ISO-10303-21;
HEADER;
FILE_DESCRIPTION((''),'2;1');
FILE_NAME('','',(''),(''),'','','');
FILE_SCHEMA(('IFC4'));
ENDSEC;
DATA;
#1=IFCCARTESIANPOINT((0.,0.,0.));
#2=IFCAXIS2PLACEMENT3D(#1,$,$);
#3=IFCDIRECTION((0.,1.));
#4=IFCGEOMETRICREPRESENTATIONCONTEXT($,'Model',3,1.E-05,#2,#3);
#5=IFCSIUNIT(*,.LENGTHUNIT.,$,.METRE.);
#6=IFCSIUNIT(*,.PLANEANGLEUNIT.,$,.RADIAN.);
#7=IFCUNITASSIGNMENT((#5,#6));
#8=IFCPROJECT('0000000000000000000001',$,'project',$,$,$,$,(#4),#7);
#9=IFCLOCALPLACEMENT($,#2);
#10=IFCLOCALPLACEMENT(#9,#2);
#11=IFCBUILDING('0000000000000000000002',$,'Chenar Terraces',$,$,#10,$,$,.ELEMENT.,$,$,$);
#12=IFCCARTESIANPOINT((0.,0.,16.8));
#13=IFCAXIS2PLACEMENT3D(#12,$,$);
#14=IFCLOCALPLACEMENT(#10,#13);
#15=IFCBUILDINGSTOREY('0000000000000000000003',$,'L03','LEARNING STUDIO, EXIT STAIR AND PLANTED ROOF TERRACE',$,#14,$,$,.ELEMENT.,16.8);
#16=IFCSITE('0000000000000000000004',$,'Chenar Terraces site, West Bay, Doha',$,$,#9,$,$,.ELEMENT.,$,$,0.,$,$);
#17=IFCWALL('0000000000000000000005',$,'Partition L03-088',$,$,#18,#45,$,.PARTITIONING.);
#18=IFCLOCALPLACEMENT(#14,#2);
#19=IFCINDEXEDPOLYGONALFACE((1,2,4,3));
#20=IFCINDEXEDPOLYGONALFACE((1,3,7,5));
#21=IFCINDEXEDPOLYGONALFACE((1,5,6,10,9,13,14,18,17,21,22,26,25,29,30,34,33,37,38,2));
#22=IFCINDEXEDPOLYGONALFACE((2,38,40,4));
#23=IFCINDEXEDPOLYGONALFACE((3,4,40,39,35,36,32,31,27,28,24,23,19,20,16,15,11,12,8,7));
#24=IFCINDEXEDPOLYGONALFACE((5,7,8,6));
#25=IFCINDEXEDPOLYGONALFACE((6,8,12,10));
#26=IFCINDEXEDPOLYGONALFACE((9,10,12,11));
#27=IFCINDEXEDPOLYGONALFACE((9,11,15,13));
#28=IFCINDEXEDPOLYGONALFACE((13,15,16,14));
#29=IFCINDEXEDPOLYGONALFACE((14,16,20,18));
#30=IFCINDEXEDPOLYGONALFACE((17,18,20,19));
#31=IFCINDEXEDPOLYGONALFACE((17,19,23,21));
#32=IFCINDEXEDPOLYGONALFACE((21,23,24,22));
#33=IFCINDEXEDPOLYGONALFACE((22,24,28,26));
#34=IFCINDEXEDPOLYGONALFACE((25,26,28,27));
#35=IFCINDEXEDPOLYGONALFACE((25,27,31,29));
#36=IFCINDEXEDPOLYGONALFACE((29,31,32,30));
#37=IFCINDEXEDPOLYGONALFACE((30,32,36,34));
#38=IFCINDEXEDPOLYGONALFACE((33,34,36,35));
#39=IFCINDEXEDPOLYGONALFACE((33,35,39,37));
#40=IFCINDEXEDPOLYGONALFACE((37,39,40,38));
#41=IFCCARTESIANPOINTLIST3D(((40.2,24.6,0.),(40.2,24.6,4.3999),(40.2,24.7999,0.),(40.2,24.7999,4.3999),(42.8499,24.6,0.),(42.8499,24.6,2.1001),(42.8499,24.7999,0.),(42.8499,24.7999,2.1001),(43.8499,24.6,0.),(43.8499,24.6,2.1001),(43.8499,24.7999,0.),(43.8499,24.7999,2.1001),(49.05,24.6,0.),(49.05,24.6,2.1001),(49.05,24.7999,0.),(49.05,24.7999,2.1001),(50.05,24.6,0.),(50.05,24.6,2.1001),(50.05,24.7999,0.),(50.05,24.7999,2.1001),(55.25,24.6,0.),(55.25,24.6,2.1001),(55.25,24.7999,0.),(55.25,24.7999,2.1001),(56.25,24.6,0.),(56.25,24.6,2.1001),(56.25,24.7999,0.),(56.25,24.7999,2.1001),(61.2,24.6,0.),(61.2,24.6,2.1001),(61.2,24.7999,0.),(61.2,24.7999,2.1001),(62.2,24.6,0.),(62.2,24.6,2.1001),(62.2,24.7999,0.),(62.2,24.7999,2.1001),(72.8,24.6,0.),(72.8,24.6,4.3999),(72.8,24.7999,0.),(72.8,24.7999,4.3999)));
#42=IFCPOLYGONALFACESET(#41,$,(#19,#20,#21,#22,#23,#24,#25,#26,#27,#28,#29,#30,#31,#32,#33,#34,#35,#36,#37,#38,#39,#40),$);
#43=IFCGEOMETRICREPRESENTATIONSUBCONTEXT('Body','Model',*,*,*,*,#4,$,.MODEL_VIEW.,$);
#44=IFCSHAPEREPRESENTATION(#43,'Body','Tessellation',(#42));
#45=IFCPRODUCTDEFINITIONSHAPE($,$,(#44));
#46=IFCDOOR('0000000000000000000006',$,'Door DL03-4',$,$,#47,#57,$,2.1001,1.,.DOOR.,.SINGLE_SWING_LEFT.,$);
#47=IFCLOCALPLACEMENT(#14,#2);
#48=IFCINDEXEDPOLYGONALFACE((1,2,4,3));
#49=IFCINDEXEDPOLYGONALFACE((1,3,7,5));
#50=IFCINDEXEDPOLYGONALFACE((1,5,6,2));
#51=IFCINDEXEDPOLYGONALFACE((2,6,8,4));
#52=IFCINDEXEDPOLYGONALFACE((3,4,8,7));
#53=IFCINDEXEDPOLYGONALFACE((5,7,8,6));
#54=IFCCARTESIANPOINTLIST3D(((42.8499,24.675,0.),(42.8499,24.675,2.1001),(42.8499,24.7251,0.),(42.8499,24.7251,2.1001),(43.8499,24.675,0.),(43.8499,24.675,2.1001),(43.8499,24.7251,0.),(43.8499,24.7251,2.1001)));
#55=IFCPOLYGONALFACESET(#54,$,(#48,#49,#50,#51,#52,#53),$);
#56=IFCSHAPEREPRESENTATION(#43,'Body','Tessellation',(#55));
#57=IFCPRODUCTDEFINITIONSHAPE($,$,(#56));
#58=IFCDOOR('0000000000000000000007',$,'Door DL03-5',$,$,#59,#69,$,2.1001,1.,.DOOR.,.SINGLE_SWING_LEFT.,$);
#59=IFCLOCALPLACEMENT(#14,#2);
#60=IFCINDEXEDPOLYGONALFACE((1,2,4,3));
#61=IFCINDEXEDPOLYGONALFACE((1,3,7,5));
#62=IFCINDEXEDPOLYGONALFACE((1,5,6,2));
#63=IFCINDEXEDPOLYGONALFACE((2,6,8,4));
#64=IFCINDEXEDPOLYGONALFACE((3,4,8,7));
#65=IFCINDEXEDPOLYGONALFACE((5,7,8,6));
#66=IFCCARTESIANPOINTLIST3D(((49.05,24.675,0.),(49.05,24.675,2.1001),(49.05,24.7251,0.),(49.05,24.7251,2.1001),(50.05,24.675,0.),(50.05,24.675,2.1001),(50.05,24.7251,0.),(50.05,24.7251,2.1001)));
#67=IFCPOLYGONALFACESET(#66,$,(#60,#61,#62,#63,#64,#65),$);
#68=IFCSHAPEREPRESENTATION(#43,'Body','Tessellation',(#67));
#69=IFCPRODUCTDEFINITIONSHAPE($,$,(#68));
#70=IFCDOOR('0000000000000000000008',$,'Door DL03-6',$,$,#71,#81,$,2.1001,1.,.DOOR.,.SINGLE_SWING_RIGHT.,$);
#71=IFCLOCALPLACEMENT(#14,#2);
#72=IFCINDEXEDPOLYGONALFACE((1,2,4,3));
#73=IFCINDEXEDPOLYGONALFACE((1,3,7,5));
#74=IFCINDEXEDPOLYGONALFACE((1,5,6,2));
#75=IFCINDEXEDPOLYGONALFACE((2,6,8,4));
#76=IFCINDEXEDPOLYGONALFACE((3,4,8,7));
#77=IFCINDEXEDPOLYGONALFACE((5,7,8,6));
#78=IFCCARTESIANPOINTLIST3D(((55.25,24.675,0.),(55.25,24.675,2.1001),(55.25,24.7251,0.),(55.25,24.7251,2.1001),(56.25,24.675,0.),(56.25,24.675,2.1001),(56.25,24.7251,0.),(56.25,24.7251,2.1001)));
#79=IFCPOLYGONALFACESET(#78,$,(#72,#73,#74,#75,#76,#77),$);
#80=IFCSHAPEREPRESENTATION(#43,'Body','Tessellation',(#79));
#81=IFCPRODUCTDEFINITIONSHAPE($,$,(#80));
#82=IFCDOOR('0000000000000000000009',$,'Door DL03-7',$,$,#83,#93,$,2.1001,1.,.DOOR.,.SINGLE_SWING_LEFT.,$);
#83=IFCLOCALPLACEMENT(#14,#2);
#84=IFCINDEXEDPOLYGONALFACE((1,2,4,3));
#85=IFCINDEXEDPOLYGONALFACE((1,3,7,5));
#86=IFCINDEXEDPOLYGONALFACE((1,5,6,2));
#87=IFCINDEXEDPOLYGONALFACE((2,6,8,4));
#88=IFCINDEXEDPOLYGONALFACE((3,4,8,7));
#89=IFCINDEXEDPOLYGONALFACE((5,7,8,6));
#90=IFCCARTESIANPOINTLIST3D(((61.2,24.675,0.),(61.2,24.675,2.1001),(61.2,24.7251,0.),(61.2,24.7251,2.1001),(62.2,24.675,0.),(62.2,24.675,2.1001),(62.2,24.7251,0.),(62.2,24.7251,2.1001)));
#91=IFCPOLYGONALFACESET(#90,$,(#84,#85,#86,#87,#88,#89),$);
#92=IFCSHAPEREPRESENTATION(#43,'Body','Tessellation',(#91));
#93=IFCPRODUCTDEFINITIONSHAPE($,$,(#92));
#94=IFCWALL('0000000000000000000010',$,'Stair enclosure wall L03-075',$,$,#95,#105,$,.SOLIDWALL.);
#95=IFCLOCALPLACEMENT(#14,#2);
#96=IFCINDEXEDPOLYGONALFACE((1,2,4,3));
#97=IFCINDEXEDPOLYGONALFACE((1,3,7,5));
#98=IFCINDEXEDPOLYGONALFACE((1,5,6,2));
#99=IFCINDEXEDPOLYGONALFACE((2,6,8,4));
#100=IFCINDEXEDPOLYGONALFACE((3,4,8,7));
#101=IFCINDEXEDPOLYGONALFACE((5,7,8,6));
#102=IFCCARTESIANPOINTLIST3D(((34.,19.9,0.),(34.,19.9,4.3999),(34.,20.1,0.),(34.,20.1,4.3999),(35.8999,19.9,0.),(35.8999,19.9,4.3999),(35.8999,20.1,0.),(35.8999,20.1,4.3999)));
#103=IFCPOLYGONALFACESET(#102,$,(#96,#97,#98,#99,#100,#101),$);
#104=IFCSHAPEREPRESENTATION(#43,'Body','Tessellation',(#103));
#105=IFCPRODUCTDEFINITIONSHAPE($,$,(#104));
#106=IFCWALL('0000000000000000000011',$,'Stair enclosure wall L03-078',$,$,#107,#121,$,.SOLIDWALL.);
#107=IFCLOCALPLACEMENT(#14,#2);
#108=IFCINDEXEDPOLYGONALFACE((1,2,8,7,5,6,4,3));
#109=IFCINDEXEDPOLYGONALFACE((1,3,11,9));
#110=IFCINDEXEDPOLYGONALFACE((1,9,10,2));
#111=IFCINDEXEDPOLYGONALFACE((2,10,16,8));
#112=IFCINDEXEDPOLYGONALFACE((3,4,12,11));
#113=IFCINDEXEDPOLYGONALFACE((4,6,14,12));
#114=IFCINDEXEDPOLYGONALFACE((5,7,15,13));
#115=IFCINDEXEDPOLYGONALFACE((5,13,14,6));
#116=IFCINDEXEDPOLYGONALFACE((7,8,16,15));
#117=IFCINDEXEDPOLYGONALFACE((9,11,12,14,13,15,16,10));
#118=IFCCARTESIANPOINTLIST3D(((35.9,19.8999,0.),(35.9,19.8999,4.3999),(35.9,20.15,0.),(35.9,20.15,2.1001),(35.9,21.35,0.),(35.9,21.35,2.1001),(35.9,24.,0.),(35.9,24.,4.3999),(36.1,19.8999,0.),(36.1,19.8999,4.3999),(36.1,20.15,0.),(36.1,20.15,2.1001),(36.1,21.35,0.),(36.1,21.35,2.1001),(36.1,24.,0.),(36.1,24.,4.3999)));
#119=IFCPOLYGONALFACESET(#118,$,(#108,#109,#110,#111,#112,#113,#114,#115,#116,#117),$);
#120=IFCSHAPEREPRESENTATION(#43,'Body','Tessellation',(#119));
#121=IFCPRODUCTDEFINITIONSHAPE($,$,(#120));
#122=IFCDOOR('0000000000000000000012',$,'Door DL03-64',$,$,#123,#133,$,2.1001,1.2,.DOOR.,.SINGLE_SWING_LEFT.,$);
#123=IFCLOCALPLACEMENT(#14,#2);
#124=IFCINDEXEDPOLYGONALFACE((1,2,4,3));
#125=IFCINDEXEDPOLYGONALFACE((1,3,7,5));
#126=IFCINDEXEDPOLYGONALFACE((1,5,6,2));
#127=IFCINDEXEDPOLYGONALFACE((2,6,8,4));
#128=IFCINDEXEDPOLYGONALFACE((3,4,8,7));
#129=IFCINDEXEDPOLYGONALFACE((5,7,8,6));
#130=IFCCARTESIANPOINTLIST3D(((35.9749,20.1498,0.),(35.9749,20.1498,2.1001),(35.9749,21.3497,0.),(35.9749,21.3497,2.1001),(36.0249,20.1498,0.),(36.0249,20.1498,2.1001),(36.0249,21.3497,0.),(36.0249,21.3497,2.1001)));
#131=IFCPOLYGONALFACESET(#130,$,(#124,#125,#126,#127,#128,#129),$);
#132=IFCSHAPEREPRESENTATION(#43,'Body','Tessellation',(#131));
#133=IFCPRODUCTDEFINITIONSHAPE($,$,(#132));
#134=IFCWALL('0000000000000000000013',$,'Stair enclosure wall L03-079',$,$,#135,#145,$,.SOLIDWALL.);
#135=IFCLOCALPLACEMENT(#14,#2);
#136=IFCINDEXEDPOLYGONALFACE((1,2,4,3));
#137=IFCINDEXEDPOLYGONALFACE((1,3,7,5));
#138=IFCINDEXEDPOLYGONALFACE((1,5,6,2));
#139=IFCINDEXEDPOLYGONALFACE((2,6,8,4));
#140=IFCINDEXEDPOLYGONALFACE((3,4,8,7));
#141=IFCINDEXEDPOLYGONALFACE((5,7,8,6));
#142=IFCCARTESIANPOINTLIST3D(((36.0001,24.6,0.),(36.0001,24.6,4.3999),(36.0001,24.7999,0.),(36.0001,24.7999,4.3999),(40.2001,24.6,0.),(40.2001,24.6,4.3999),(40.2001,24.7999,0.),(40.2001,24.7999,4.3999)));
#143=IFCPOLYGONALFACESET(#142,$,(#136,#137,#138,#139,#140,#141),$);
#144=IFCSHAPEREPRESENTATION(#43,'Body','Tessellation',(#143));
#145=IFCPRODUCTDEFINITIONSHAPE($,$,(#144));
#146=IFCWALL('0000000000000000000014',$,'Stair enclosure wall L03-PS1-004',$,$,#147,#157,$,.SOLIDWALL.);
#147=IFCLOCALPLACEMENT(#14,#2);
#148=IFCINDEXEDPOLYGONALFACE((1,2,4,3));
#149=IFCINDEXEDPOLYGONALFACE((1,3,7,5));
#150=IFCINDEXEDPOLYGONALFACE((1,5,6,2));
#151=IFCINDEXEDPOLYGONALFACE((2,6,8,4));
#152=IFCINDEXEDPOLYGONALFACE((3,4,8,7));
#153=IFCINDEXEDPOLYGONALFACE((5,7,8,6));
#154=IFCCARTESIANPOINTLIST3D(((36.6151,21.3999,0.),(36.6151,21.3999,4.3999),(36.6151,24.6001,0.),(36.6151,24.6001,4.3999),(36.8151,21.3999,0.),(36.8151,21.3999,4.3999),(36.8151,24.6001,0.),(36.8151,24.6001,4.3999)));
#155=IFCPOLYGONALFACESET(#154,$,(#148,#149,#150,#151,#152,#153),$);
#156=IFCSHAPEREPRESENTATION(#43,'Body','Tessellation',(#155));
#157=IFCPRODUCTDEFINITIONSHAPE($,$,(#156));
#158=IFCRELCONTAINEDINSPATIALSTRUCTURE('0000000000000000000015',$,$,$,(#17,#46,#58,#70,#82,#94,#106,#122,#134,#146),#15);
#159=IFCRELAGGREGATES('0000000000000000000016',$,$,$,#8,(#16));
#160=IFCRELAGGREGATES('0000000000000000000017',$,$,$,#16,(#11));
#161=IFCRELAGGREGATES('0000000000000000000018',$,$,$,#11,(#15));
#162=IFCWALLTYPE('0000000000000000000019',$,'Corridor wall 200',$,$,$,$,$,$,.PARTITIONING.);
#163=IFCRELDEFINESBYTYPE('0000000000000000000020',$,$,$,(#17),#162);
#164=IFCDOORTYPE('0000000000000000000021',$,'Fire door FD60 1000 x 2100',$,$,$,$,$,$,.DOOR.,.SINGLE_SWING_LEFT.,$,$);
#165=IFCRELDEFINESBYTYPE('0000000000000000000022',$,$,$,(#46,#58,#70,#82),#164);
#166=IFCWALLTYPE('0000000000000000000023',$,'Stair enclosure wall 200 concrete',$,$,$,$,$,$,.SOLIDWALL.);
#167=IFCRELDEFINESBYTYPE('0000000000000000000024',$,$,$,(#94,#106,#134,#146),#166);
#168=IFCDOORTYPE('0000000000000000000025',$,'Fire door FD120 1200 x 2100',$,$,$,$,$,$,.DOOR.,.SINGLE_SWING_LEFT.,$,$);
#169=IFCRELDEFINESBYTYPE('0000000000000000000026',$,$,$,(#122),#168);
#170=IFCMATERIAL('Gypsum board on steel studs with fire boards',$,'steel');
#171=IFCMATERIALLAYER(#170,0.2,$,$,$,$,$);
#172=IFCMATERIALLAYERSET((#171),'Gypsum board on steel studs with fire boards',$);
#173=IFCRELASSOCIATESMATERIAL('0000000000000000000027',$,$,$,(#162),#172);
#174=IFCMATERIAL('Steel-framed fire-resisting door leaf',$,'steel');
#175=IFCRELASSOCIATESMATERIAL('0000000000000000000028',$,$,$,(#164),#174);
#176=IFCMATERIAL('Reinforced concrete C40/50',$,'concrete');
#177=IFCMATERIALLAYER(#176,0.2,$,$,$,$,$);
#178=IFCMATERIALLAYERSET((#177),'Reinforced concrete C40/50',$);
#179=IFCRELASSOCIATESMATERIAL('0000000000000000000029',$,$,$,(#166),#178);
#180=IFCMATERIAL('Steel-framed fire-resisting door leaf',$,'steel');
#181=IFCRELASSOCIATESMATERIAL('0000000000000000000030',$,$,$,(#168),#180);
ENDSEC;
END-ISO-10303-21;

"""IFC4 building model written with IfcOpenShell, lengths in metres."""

from ifc_helpers import new_model, si_unit, direction, frame, frame_2d, origin, place, context, subcontext, project, spatial, rectangle, extrude, material, layer, layer_set, type_object, element, fill, save


model = new_model("IFC4")

# Units and contexts
model_context = context("Model", 3, precision=1e-05, world=origin(), true_north=direction((0.0, 1.0)))
body_context = subcontext(model_context, "Body", "Model", "MODEL_VIEW")
ifc_project = project(units=[si_unit("LENGTHUNIT", "METRE"), si_unit("PLANEANGLEUNIT", "RADIAN")], contexts=[model_context])

# Site, building, storey
site_placement = place(None, origin())
site = spatial("IfcSite", under=ifc_project, at=site_placement, Name="Chenar Terraces site, West Bay, Doha", CompositionType="ELEMENT", RefElevation=0.0)
building_placement = place(site_placement, origin())
building = spatial("IfcBuilding", under=site, at=building_placement, Name="Chenar Terraces", CompositionType="ELEMENT")
storey_placement = place(building_placement, frame((0.0, 0.0, 16.8)))
storey = spatial("IfcBuildingStorey", under=building, at=storey_placement, Name="L03", Description="LEARNING STUDIO, EXIT STAIR AND PLANTED ROOF TERRACE", CompositionType="ELEMENT", Elevation=16.8)

# Wall, openings, doors
ifc_material_1 = material(Name="Gypsum board on steel studs with fire boards", Category="steel")
ifc_layer_1 = layer(ifc_material_1, 0.2)
ifc_layer_set_1 = layer_set([ifc_layer_1], Name="Gypsum board on steel studs with fire boards")
wall_type_1 = type_object("IfcWallType", Name="Corridor wall 200", PredefinedType="PARTITIONING", material=ifc_layer_set_1)
ifc_material_2 = material(Name="Steel-framed fire-resisting door leaf", Category="steel")
door_type_1 = type_object("IfcDoorType", Name="Fire door FD60 1000 x 2100", OperationType="SINGLE_SWING_LEFT", PredefinedType="DOOR", material=ifc_material_2)
wall_1_placement = place(storey_placement, frame((40.2, 24.7, 0.0), z_axis=(0.0, 0.0, 1.0), x_axis=(1.0, 0.0, 0.0)))
wall_1 = element("IfcWall", 1, at=wall_1_placement, inside=storey, type_object=wall_type_1, Name="Partition L03-088", PredefinedType="PARTITIONING", context=body_context, shape_type="SweptSolid", body=[
    extrude(rectangle(XDim=32.6001, YDim=0.2, at=frame_2d((16.3, 0.0))), origin(), (0.0, 0.0, 1.0), 4.3999),
])
opening_1_placement = place(wall_1_placement, frame((2.6499, 0.0, 0.0)))
opening_1 = element("IfcOpeningElement", 2, at=opening_1_placement, cuts=wall_1, PredefinedType="OPENING", context=body_context, shape_type="SweptSolid", body=[
    extrude(rectangle(XDim=1.0, YDim=2.1001, at=frame_2d((0.5, 1.05))), frame((0.0, 0.1099, 0.0), z_axis=(0.0, -1.0, 0.0), x_axis=(1.0, 0.0, 0.0)), (0.0, 0.0, 1.0), 0.22),
])
opening_2_placement = place(wall_1_placement, frame((8.8501, 0.0, 0.0)))
opening_2 = element("IfcOpeningElement", 3, at=opening_2_placement, cuts=wall_1, PredefinedType="OPENING", context=body_context, shape_type="SweptSolid", body=[
    extrude(rectangle(XDim=1.0, YDim=2.1001, at=frame_2d((0.5, 1.05))), frame((0.0, 0.1099, 0.0), z_axis=(0.0, -1.0, 0.0), x_axis=(1.0, 0.0, 0.0)), (0.0, 0.0, 1.0), 0.22),
])
opening_3_placement = place(wall_1_placement, frame((15.05, 0.0, 0.0)))
opening_3 = element("IfcOpeningElement", 4, at=opening_3_placement, cuts=wall_1, PredefinedType="OPENING", context=body_context, shape_type="SweptSolid", body=[
    extrude(rectangle(XDim=1.0, YDim=2.1001, at=frame_2d((0.5, 1.05))), frame((0.0, 0.1099, 0.0), z_axis=(0.0, -1.0, 0.0), x_axis=(1.0, 0.0, 0.0)), (0.0, 0.0, 1.0), 0.22),
])
opening_4_placement = place(wall_1_placement, frame((21.0, 0.0, 0.0)))
opening_4 = element("IfcOpeningElement", 5, at=opening_4_placement, cuts=wall_1, PredefinedType="OPENING", context=body_context, shape_type="SweptSolid", body=[
    extrude(rectangle(XDim=1.0, YDim=2.1001, at=frame_2d((0.5, 1.05))), frame((0.0, 0.1099, 0.0), z_axis=(0.0, -1.0, 0.0), x_axis=(1.0, 0.0, 0.0)), (0.0, 0.0, 1.0), 0.22),
])
door_1_placement = place(opening_1_placement, frame((1.0, 0.0, 0.0), z_axis=(0.0, 0.0, 1.0), x_axis=(-1.0, 0.0, 0.0)))
door_1 = element("IfcDoor", 6, at=door_1_placement, inside=storey, type_object=door_type_1, Name="Door DL03-4", OperationType="SINGLE_SWING_LEFT", OverallHeight=2.1001, OverallWidth=1.0, PredefinedType="DOOR", context=body_context, shape_type="SweptSolid", body=[
    extrude(rectangle(XDim=1.0, YDim=2.1001, at=frame_2d((0.5, 1.05))), frame((0.0, 0.0249, 0.0), z_axis=(0.0, -1.0, 0.0), x_axis=(1.0, 0.0, 0.0)), (0.0, 0.0, 1.0), 0.05),
])
fill(opening_1, door_1)
door_2_placement = place(opening_2_placement, frame((1.0, 0.0, 0.0), z_axis=(0.0, 0.0, 1.0), x_axis=(-1.0, 0.0, 0.0)))
door_2 = element("IfcDoor", 7, at=door_2_placement, inside=storey, type_object=door_type_1, Name="Door DL03-5", OperationType="SINGLE_SWING_LEFT", OverallHeight=2.1001, OverallWidth=1.0, PredefinedType="DOOR", context=body_context, shape_type="SweptSolid", body=[
    extrude(rectangle(XDim=1.0, YDim=2.1001, at=frame_2d((0.5, 1.05))), frame((0.0, 0.0249, 0.0), z_axis=(0.0, -1.0, 0.0), x_axis=(1.0, 0.0, 0.0)), (0.0, 0.0, 1.0), 0.05),
])
fill(opening_2, door_2)
door_3_placement = place(opening_3_placement, frame((1.0, 0.0, 0.0), z_axis=(0.0, 0.0, 1.0), x_axis=(-1.0, 0.0, 0.0)))
door_3 = element("IfcDoor", 8, at=door_3_placement, inside=storey, type_object=door_type_1, Name="Door DL03-6", OperationType="SINGLE_SWING_RIGHT", OverallHeight=2.1001, OverallWidth=1.0, PredefinedType="DOOR", context=body_context, shape_type="SweptSolid", body=[
    extrude(rectangle(XDim=1.0, YDim=2.1001, at=frame_2d((0.5, 1.05))), frame((0.0, 0.0249, 0.0), z_axis=(0.0, -1.0, 0.0), x_axis=(1.0, 0.0, 0.0)), (0.0, 0.0, 1.0), 0.05),
])
fill(opening_3, door_3)
door_4_placement = place(opening_4_placement, frame((1.0, 0.0, 0.0), z_axis=(0.0, 0.0, 1.0), x_axis=(-1.0, 0.0, 0.0)))
door_4 = element("IfcDoor", 9, at=door_4_placement, inside=storey, type_object=door_type_1, Name="Door DL03-7", OperationType="SINGLE_SWING_LEFT", OverallHeight=2.1001, OverallWidth=1.0, PredefinedType="DOOR", context=body_context, shape_type="SweptSolid", body=[
    extrude(rectangle(XDim=1.0, YDim=2.1001, at=frame_2d((0.5, 1.05))), frame((0.0, 0.0249, 0.0), z_axis=(0.0, -1.0, 0.0), x_axis=(1.0, 0.0, 0.0)), (0.0, 0.0, 1.0), 0.05),
])
fill(opening_4, door_4)

# Wall
ifc_material_3 = material(Name="Reinforced concrete C40/50", Category="concrete")
ifc_layer_2 = layer(ifc_material_3, 0.2)
ifc_layer_set_2 = layer_set([ifc_layer_2], Name="Reinforced concrete C40/50")
wall_type_2 = type_object("IfcWallType", Name="Stair enclosure wall 200 concrete", PredefinedType="SOLIDWALL", material=ifc_layer_set_2)
wall_2_placement = place(storey_placement, frame((34.0, 20.0, 0.0), z_axis=(0.0, 0.0, 1.0), x_axis=(1.0, 0.0, 0.0)))
element("IfcWall", 10, at=wall_2_placement, inside=storey, type_object=wall_type_2, Name="Stair enclosure wall L03-075", PredefinedType="SOLIDWALL", context=body_context, shape_type="SweptSolid", body=[
    extrude(rectangle(XDim=1.8999, YDim=0.2, at=frame_2d((0.95, 0.0))), origin(), (0.0, 0.0, 1.0), 4.3999),
])

# Wall, opening, door
wall_3_placement = place(storey_placement, frame((36.0, 19.8999, 0.0), z_axis=(0.0, 0.0, 1.0), x_axis=(0.0, 1.0, 0.0)))
wall_3 = element("IfcWall", 11, at=wall_3_placement, inside=storey, type_object=wall_type_2, Name="Stair enclosure wall L03-078", PredefinedType="SOLIDWALL", context=body_context, shape_type="SweptSolid", body=[
    extrude(rectangle(XDim=4.1001, YDim=0.2, at=frame_2d((2.05, 0.0))), origin(), (0.0, 0.0, 1.0), 4.3999),
])
opening_5_placement = place(wall_3_placement, frame((0.25, 0.0, 0.0)))
opening_5 = element("IfcOpeningElement", 12, at=opening_5_placement, cuts=wall_3, PredefinedType="OPENING", context=body_context, shape_type="SweptSolid", body=[
    extrude(rectangle(XDim=1.2, YDim=2.1001, at=frame_2d((0.6001, 1.05))), frame((0.0, 0.1099, 0.0), z_axis=(0.0, -1.0, 0.0), x_axis=(1.0, 0.0, 0.0)), (0.0, 0.0, 1.0), 0.22),
])
ifc_material_4 = material(Name="Steel-framed fire-resisting door leaf", Category="steel")
door_type_2 = type_object("IfcDoorType", Name="Fire door FD120 1200 x 2100", OperationType="SINGLE_SWING_LEFT", PredefinedType="DOOR", material=ifc_material_4)
door_5_placement = place(opening_5_placement, frame((1.2, 0.0, 0.0), z_axis=(0.0, 0.0, 1.0), x_axis=(-1.0, 0.0, 0.0)))
door_5 = element("IfcDoor", 13, at=door_5_placement, inside=storey, type_object=door_type_2, Name="Door DL03-64", OperationType="SINGLE_SWING_LEFT", OverallHeight=2.1001, OverallWidth=1.2, PredefinedType="DOOR", context=body_context, shape_type="SweptSolid", body=[
    extrude(rectangle(XDim=1.2, YDim=2.1001, at=frame_2d((0.6001, 1.05))), frame((0.0, 0.0249, 0.0), z_axis=(0.0, -1.0, 0.0), x_axis=(1.0, 0.0, 0.0)), (0.0, 0.0, 1.0), 0.05),
])
fill(opening_5, door_5)

# Walls
wall_4_placement = place(storey_placement, frame((36.0, 24.7, 0.0), z_axis=(0.0, 0.0, 1.0), x_axis=(1.0, 0.0, 0.0)))
element("IfcWall", 14, at=wall_4_placement, inside=storey, type_object=wall_type_2, Name="Stair enclosure wall L03-079", PredefinedType="SOLIDWALL", context=body_context, shape_type="SweptSolid", body=[
    extrude(rectangle(XDim=4.2, YDim=0.2, at=frame_2d((2.1001, 0.0))), origin(), (0.0, 0.0, 1.0), 4.3999),
])
wall_5_placement = place(storey_placement, frame((36.7151, 21.3999, 0.0), z_axis=(0.0, 0.0, 1.0), x_axis=(0.0, 1.0, 0.0)))
element("IfcWall", 15, at=wall_5_placement, inside=storey, type_object=wall_type_2, Name="Stair enclosure wall L03-PS1-004", PredefinedType="SOLIDWALL", context=body_context, shape_type="SweptSolid", body=[
    extrude(rectangle(XDim=3.2002, YDim=0.2, at=frame_2d((1.6001, 0.0))), origin(), (0.0, 0.0, 1.0), 4.3999),
])

save(model, "model.ifc")
